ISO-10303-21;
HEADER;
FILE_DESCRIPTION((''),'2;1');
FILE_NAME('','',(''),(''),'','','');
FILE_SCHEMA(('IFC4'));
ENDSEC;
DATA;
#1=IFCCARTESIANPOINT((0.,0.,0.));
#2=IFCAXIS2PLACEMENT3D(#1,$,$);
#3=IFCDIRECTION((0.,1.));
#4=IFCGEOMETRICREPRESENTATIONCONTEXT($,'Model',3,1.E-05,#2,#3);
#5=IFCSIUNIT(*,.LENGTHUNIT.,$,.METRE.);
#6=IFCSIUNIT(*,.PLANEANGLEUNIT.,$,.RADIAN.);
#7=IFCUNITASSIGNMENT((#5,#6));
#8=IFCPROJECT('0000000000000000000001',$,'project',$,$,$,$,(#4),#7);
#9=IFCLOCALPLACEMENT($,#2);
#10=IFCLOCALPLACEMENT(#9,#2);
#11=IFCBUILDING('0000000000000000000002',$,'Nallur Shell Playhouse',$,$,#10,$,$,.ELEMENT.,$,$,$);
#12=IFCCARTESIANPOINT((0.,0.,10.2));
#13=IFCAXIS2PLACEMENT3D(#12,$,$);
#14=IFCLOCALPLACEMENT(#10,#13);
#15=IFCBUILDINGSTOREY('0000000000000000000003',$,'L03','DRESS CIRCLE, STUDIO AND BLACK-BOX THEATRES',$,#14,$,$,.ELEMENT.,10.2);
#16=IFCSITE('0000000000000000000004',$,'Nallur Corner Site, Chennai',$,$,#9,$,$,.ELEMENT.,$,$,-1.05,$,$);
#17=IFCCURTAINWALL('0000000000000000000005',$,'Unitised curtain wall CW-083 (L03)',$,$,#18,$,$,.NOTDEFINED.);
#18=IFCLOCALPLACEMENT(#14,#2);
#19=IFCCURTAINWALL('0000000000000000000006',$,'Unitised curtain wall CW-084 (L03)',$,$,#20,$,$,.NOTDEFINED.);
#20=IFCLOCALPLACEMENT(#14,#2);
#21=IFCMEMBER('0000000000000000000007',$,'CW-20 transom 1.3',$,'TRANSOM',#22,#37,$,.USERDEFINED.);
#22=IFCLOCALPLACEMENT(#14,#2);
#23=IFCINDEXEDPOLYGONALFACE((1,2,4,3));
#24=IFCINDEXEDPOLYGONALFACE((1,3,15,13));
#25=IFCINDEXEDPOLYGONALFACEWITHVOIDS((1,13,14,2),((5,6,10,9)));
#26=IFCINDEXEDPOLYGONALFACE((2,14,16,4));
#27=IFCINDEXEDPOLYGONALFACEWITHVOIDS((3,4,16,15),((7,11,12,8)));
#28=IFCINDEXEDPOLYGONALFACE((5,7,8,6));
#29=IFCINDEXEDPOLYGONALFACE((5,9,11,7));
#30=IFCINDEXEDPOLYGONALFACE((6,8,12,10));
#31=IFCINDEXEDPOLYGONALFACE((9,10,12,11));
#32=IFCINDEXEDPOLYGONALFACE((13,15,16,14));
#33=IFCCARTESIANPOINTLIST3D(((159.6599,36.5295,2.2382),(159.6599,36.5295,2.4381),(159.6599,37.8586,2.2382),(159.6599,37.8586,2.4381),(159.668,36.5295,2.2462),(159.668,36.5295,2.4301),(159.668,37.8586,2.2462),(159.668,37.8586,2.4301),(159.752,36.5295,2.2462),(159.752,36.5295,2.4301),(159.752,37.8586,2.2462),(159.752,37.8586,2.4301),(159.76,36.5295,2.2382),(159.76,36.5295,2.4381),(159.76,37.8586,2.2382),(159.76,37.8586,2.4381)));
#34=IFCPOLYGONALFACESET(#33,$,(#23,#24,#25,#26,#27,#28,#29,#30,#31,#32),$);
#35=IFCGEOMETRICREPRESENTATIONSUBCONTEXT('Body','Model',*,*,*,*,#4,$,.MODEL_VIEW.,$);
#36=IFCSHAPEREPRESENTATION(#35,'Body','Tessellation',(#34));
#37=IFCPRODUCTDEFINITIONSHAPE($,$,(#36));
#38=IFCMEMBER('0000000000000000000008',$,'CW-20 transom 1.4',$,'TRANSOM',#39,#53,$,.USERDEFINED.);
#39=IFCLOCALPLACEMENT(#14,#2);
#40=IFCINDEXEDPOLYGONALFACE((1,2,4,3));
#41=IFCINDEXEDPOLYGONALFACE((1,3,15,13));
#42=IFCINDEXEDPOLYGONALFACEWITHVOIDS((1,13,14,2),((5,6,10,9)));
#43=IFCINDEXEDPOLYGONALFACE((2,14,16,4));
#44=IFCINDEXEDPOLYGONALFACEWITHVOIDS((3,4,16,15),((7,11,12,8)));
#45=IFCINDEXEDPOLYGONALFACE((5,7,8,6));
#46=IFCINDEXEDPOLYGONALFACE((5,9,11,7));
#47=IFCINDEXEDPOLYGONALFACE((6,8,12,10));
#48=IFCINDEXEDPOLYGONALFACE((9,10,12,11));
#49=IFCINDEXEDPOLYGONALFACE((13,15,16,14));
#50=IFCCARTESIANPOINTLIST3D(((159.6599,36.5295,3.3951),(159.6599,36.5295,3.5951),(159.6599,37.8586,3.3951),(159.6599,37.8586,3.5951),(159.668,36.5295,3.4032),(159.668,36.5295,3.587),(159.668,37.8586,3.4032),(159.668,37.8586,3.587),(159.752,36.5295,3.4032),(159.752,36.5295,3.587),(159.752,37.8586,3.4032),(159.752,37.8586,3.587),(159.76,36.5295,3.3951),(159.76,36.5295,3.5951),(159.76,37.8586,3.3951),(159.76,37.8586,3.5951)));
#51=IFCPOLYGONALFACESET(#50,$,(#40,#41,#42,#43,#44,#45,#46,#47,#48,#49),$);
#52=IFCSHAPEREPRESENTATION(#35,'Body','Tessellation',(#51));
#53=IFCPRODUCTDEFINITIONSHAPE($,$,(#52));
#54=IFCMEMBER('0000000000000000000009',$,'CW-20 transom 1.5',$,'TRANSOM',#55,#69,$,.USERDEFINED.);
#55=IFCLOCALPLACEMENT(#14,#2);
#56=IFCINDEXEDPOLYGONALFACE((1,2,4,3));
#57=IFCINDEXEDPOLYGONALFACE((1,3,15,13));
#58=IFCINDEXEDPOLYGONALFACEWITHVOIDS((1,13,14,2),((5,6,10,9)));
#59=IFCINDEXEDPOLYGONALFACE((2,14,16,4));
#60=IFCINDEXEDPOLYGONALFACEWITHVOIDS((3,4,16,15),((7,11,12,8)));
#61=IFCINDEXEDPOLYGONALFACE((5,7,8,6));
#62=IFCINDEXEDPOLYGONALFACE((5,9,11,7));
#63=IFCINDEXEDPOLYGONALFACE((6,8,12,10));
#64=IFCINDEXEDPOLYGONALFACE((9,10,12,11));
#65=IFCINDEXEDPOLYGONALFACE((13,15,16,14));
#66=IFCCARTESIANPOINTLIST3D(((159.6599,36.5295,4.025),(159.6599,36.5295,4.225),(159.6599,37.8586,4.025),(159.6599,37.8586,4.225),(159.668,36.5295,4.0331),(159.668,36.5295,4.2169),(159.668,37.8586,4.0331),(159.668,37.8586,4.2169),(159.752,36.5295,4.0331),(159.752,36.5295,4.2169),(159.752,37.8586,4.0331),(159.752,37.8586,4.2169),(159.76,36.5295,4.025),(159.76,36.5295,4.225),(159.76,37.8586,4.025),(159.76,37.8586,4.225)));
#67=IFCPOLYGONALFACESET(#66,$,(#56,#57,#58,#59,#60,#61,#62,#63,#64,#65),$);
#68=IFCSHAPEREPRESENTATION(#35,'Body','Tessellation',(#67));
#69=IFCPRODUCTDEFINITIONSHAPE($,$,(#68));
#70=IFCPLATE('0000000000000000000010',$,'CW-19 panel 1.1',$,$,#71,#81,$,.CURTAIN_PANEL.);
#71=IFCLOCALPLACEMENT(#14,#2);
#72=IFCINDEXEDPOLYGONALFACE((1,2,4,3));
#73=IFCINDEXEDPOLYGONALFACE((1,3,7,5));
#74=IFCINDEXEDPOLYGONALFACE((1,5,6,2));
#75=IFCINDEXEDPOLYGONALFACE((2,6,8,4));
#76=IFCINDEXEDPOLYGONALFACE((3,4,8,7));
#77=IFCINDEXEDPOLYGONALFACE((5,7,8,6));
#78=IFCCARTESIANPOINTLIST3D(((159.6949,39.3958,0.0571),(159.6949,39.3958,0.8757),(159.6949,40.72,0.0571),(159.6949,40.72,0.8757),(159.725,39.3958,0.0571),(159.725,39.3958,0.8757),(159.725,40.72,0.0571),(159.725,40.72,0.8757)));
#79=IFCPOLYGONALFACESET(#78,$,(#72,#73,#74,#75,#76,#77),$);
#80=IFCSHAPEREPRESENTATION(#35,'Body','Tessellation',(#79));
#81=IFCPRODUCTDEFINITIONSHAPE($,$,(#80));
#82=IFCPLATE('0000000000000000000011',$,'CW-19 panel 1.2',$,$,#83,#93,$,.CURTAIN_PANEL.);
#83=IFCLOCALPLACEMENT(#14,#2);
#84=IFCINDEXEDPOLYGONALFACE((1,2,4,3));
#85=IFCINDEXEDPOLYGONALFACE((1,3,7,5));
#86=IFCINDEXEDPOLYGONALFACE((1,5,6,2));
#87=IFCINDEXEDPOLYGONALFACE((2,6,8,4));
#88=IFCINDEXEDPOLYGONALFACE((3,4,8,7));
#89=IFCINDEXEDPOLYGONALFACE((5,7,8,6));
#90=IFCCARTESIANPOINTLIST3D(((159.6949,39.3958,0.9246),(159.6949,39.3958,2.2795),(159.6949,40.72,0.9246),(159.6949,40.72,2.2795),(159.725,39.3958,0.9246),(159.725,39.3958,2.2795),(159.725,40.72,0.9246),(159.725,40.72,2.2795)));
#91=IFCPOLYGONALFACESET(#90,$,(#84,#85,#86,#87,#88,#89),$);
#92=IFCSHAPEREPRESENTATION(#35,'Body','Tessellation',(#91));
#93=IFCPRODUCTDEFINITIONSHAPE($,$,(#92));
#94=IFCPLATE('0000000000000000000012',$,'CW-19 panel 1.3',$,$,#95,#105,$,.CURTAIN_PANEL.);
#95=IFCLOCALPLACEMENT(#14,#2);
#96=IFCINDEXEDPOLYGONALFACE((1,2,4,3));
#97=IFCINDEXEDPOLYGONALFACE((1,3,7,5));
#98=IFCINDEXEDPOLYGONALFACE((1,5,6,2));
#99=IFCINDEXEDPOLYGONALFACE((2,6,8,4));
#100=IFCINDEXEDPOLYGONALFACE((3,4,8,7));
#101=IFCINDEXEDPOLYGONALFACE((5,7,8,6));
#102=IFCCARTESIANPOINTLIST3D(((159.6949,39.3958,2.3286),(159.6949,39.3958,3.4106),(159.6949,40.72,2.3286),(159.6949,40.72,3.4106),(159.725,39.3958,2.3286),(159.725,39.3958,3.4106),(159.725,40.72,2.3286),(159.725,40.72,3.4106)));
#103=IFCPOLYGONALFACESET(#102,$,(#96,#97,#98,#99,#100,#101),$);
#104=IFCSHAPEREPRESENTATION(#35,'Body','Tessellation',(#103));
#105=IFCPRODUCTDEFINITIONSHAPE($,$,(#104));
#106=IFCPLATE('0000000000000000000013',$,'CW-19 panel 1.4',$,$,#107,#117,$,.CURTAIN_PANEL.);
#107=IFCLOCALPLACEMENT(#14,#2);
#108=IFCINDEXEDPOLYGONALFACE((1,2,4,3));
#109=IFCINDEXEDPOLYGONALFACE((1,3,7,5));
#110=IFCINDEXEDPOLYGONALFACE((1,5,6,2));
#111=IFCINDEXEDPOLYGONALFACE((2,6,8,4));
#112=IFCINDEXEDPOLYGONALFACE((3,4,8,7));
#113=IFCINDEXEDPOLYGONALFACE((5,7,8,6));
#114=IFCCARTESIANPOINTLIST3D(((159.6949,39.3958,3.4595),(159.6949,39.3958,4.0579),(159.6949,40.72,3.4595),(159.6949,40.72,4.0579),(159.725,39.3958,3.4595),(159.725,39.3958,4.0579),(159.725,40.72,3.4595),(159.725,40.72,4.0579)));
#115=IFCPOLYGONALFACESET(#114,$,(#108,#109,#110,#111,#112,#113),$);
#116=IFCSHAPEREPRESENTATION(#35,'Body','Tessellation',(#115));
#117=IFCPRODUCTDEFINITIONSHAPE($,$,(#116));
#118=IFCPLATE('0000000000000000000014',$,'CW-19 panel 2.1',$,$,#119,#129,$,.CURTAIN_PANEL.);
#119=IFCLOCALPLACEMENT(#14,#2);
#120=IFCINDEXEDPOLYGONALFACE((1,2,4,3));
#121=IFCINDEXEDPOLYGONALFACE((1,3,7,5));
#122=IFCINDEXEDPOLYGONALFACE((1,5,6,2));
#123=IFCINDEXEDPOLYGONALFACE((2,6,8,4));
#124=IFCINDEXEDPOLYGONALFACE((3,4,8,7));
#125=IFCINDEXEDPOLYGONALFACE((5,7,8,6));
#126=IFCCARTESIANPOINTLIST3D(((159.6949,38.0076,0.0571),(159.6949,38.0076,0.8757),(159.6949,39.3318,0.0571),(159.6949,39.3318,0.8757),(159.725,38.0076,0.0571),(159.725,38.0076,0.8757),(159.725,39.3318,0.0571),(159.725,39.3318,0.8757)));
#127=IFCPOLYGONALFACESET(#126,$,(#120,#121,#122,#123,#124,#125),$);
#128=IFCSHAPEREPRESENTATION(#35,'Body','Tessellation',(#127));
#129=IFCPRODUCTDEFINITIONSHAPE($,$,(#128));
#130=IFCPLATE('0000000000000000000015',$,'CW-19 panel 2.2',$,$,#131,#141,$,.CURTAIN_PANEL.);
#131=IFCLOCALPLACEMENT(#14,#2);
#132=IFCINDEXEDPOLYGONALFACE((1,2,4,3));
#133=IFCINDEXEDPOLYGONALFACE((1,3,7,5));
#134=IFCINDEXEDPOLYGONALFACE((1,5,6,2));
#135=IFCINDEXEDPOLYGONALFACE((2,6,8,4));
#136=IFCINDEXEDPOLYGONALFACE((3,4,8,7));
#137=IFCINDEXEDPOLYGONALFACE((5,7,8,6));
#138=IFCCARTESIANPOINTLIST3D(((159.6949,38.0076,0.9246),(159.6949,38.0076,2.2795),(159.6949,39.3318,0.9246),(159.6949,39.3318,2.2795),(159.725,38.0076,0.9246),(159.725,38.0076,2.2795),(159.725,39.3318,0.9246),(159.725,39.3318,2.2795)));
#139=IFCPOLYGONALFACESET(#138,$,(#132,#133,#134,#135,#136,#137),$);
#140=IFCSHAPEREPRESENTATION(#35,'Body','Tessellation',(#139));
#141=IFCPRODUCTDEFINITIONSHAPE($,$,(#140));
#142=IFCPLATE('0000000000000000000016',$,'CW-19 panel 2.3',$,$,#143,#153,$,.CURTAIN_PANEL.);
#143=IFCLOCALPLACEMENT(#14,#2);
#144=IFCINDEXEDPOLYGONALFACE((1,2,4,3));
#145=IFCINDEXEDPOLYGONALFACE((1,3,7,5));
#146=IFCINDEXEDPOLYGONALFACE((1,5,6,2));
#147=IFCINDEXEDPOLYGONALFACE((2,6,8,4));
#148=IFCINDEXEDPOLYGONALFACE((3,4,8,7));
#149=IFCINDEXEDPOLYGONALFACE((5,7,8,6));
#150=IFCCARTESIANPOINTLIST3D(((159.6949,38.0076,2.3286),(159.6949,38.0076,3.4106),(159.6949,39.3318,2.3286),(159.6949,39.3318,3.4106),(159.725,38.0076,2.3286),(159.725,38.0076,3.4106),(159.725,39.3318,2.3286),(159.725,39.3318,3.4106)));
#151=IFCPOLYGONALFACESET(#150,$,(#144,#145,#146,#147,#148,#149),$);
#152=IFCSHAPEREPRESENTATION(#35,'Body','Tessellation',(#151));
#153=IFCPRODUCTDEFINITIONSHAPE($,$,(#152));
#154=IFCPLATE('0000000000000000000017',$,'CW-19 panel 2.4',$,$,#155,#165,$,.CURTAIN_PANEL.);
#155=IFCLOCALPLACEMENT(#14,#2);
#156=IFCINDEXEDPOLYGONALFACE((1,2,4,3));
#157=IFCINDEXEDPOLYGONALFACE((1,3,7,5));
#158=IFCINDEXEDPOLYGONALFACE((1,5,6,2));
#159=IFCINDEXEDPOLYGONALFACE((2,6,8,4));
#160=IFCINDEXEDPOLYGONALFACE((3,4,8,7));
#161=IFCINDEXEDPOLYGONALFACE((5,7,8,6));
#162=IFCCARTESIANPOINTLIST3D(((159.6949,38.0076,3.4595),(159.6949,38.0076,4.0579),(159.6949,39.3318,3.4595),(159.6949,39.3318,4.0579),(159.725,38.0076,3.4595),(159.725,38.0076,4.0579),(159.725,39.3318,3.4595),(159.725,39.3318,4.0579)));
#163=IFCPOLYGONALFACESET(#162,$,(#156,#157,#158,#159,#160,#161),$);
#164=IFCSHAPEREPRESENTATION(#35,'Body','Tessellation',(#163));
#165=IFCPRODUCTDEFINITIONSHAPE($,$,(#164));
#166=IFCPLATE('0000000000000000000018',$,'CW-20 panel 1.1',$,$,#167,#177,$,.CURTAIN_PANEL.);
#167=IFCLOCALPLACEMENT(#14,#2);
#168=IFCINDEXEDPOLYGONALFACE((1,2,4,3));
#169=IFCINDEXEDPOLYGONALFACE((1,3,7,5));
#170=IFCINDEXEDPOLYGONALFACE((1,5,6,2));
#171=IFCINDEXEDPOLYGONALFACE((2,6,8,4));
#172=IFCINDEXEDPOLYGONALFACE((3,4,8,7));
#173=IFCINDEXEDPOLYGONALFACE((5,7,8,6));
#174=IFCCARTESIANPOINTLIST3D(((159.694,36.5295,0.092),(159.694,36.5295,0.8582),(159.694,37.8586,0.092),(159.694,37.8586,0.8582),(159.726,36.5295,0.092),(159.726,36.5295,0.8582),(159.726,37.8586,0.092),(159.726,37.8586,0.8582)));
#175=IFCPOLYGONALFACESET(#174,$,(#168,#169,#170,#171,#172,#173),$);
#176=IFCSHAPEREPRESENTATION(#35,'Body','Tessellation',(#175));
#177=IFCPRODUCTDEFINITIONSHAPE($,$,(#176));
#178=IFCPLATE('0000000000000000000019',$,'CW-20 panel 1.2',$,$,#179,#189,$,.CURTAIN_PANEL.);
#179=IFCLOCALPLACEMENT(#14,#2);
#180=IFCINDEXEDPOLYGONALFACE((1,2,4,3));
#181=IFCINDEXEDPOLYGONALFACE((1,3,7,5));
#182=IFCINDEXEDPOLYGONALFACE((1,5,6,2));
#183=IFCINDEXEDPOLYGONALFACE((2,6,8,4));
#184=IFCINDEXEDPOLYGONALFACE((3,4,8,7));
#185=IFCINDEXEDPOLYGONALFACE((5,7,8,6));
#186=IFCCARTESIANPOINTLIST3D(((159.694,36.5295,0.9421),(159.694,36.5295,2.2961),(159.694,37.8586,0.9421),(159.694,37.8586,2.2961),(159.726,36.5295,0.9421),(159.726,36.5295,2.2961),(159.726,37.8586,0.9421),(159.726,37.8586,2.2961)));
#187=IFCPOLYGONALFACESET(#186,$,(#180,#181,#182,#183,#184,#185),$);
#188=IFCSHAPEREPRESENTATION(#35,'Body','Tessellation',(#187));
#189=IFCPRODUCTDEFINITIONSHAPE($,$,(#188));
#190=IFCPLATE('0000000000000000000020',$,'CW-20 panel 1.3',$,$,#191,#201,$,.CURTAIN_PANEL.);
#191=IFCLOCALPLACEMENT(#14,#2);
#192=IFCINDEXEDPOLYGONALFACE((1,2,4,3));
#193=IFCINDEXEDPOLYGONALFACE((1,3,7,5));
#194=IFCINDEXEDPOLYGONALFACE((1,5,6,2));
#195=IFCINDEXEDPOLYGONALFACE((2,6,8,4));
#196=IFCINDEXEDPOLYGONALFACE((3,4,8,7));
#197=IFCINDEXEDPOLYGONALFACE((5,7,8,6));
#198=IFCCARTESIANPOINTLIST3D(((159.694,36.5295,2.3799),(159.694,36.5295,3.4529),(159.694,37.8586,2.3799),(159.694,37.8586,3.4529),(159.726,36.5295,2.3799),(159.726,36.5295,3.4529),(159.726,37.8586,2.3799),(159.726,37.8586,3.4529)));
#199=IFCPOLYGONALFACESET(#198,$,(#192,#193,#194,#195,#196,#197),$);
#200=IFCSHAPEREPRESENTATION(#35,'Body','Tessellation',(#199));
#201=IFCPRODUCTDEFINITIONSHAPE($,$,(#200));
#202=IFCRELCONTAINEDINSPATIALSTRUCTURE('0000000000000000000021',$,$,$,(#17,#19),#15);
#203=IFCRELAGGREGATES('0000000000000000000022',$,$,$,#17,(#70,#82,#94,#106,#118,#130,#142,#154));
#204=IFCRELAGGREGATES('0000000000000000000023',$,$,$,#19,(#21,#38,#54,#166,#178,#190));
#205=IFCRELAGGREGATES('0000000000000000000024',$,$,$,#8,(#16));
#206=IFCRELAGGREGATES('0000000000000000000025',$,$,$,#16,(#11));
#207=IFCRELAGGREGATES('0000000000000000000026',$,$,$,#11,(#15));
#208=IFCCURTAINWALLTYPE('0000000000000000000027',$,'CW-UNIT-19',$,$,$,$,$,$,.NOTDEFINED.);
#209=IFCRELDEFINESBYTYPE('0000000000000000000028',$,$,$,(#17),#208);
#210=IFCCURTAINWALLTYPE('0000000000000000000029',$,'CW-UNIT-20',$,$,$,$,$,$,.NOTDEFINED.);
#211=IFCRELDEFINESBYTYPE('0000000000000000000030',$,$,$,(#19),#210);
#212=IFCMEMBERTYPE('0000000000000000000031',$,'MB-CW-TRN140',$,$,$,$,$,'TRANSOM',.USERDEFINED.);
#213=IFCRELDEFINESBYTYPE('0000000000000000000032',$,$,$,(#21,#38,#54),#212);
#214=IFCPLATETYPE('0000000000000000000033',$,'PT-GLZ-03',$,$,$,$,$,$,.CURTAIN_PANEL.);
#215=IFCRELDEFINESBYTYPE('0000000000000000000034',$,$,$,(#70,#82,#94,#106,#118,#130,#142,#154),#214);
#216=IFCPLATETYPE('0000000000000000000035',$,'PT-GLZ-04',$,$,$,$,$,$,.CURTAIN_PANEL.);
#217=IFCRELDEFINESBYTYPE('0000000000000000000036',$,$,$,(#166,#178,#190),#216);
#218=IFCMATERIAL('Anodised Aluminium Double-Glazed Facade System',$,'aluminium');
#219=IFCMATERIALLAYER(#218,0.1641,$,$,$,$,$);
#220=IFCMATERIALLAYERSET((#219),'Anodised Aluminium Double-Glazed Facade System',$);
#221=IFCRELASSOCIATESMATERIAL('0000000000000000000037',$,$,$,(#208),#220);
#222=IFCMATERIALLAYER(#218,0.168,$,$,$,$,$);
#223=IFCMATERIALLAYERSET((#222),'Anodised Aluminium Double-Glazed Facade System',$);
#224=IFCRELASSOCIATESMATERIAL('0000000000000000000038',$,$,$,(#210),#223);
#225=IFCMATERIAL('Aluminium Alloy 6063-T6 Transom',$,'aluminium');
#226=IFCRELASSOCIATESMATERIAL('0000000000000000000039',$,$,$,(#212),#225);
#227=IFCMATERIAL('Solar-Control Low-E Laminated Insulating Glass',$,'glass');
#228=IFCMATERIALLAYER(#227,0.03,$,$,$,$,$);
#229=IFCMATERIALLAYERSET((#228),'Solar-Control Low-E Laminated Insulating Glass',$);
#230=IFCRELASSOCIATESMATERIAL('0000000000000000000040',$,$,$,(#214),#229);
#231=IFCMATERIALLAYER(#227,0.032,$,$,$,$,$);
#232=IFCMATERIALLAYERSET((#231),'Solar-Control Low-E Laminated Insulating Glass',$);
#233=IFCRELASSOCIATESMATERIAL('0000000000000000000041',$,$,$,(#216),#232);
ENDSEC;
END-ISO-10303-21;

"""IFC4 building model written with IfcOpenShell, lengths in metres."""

from ifc_helpers import new_model, si_unit, direction, frame, origin, origin_2d, place, context, subcontext, project, spatial, rectangle, hollow_rectangle, extrude, material, layer, layer_set, material_profile, profile_set, type_object, element, aggregate, save


model = new_model("IFC4")

# Units and contexts
model_context = context("Model", 3, precision=1e-05, world=origin(), true_north=direction((0.0, 1.0)))
body_context = subcontext(model_context, "Body", "Model", "MODEL_VIEW")
ifc_project = project(units=[si_unit("LENGTHUNIT", "METRE"), si_unit("PLANEANGLEUNIT", "RADIAN")], contexts=[model_context])

# Site, building, storey
site_placement = place(None, origin())
site = spatial("IfcSite", under=ifc_project, at=site_placement, Name="Nallur Corner Site, Chennai", CompositionType="ELEMENT", RefElevation=-1.05)
building_placement = place(site_placement, origin())
building = spatial("IfcBuilding", under=site, at=building_placement, Name="Nallur Shell Playhouse", CompositionType="ELEMENT")
storey_placement = place(building_placement, frame((0.0, 0.0, 10.2)))
storey = spatial("IfcBuildingStorey", under=building, at=storey_placement, Name="L03", Description="DRESS CIRCLE, STUDIO AND BLACK-BOX THEATRES", CompositionType="ELEMENT", Elevation=10.2)

# Curtain wall
ifc_material_1 = material(Name="Anodised Aluminium Double-Glazed Facade System", Category="aluminium")
ifc_layer_1 = layer(ifc_material_1, 0.1641)
ifc_layer_set_1 = layer_set([ifc_layer_1], Name="Anodised Aluminium Double-Glazed Facade System")
curtain_wall_type_1 = type_object("IfcCurtainWallType", Name="CW-UNIT-19", PredefinedType="NOTDEFINED", material=ifc_layer_set_1)
curtain_wall_1_placement = place(storey_placement, origin())
curtain_wall_1 = element("IfcCurtainWall", 1, at=curtain_wall_1_placement, inside=storey, type_object=curtain_wall_type_1, Name="Unitised curtain wall CW-083 (L03)", PredefinedType="NOTDEFINED")

# Curtain wall
ifc_layer_2 = layer(ifc_material_1, 0.168)
ifc_layer_set_2 = layer_set([ifc_layer_2], Name="Anodised Aluminium Double-Glazed Facade System")
curtain_wall_type_2 = type_object("IfcCurtainWallType", Name="CW-UNIT-20", PredefinedType="NOTDEFINED", material=ifc_layer_set_2)
curtain_wall_2_placement = place(storey_placement, origin())
curtain_wall_2 = element("IfcCurtainWall", 2, at=curtain_wall_2_placement, inside=storey, type_object=curtain_wall_type_2, Name="Unitised curtain wall CW-084 (L03)", PredefinedType="NOTDEFINED")

# Members
ifc_material_2 = material(Name="Aluminium Alloy 6063-T6 Transom", Category="aluminium")
ifc_material_profile_1 = material_profile(ifc_material_2, hollow_rectangle(XDim=0.1001, YDim=0.2, WallThickness=0.0081, at=origin_2d()), Name="RHS 200x100x8")
ifc_profile_set_1 = profile_set([ifc_material_profile_1], Name="Aluminium Alloy 6063-T6 Transom")
member_type_1 = type_object("IfcMemberType", Name="MB-CW-TRN140", ElementType="TRANSOM", PredefinedType="USERDEFINED", material=ifc_profile_set_1)
member_1_placement = place(storey_placement, frame((159.71, 37.8586, 2.3381), z_axis=(0.0, -1.0, 0.0), x_axis=(1.0, 0.0, 0.0)))
member_1 = element("IfcMember", 3, at=member_1_placement, type_object=member_type_1, Name="CW-20 transom 1.3", ObjectType="TRANSOM", PredefinedType="USERDEFINED", context=body_context, shape_type="SweptSolid", body=[
    extrude(hollow_rectangle(XDim=0.1001, YDim=0.2, WallThickness=0.0081, at=origin_2d()), origin(), (0.0, 0.0, 1.0), 1.3291),
])
member_2_placement = place(storey_placement, frame((159.71, 37.8586, 3.4951), z_axis=(0.0, -1.0, 0.0), x_axis=(1.0, 0.0, 0.0)))
member_2 = element("IfcMember", 4, at=member_2_placement, type_object=member_type_1, Name="CW-20 transom 1.4", ObjectType="TRANSOM", PredefinedType="USERDEFINED", context=body_context, shape_type="SweptSolid", body=[
    extrude(hollow_rectangle(XDim=0.1001, YDim=0.2, WallThickness=0.0081, at=origin_2d()), origin(), (0.0, 0.0, 1.0), 1.3291),
])
member_3_placement = place(storey_placement, frame((159.71, 37.8586, 4.125), z_axis=(0.0, -1.0, 0.0), x_axis=(1.0, 0.0, 0.0)))
member_3 = element("IfcMember", 5, at=member_3_placement, type_object=member_type_1, Name="CW-20 transom 1.5", ObjectType="TRANSOM", PredefinedType="USERDEFINED", context=body_context, shape_type="SweptSolid", body=[
    extrude(hollow_rectangle(XDim=0.1001, YDim=0.2, WallThickness=0.0081, at=origin_2d()), origin(), (0.0, 0.0, 1.0), 1.3291),
])

# Plates
ifc_material_3 = material(Name="Solar-Control Low-E Laminated Insulating Glass", Category="glass")
ifc_layer_3 = layer(ifc_material_3, 0.03)
ifc_layer_set_3 = layer_set([ifc_layer_3], Name="Solar-Control Low-E Laminated Insulating Glass")
plate_type_1 = type_object("IfcPlateType", Name="PT-GLZ-03", PredefinedType="CURTAIN_PANEL", material=ifc_layer_set_3)
plate_1_placement = place(storey_placement, frame((159.71, 40.0579, 0.0571), z_axis=(0.0, 0.0, 1.0), x_axis=(0.0, -1.0, 0.0)))
plate_1 = element("IfcPlate", 6, at=plate_1_placement, type_object=plate_type_1, Name="CW-19 panel 1.1", PredefinedType="CURTAIN_PANEL", context=body_context, shape_type="SweptSolid", body=[
    extrude(rectangle(XDim=1.3242, YDim=0.03, at=origin_2d()), origin(), (0.0, 0.0, 1.0), 0.8186),
])
plate_2_placement = place(storey_placement, frame((159.71, 40.0579, 0.9246), z_axis=(0.0, 0.0, 1.0), x_axis=(0.0, -1.0, 0.0)))
plate_2 = element("IfcPlate", 7, at=plate_2_placement, type_object=plate_type_1, Name="CW-19 panel 1.2", PredefinedType="CURTAIN_PANEL", context=body_context, shape_type="SweptSolid", body=[
    extrude(rectangle(XDim=1.3242, YDim=0.03, at=origin_2d()), origin(), (0.0, 0.0, 1.0), 1.355),
])
plate_3_placement = place(storey_placement, frame((159.71, 40.0579, 2.3286), z_axis=(0.0, 0.0, 1.0), x_axis=(0.0, -1.0, 0.0)))
plate_3 = element("IfcPlate", 8, at=plate_3_placement, type_object=plate_type_1, Name="CW-19 panel 1.3", PredefinedType="CURTAIN_PANEL", context=body_context, shape_type="SweptSolid", body=[
    extrude(rectangle(XDim=1.3242, YDim=0.03, at=origin_2d()), origin(), (0.0, 0.0, 1.0), 1.082),
])
plate_4_placement = place(storey_placement, frame((159.71, 40.0579, 3.4595), z_axis=(0.0, 0.0, 1.0), x_axis=(0.0, -1.0, 0.0)))
plate_4 = element("IfcPlate", 9, at=plate_4_placement, type_object=plate_type_1, Name="CW-19 panel 1.4", PredefinedType="CURTAIN_PANEL", context=body_context, shape_type="SweptSolid", body=[
    extrude(rectangle(XDim=1.3242, YDim=0.03, at=origin_2d()), origin(), (0.0, 0.0, 1.0), 0.5984),
])
plate_5_placement = place(storey_placement, frame((159.71, 38.6697, 0.0571), z_axis=(0.0, 0.0, 1.0), x_axis=(0.0, -1.0, 0.0)))
plate_5 = element("IfcPlate", 10, at=plate_5_placement, type_object=plate_type_1, Name="CW-19 panel 2.1", PredefinedType="CURTAIN_PANEL", context=body_context, shape_type="SweptSolid", body=[
    extrude(rectangle(XDim=1.3242, YDim=0.03, at=origin_2d()), origin(), (0.0, 0.0, 1.0), 0.8186),
])
plate_6_placement = place(storey_placement, frame((159.71, 38.6697, 0.9246), z_axis=(0.0, 0.0, 1.0), x_axis=(0.0, -1.0, 0.0)))
plate_6 = element("IfcPlate", 11, at=plate_6_placement, type_object=plate_type_1, Name="CW-19 panel 2.2", PredefinedType="CURTAIN_PANEL", context=body_context, shape_type="SweptSolid", body=[
    extrude(rectangle(XDim=1.3242, YDim=0.03, at=origin_2d()), origin(), (0.0, 0.0, 1.0), 1.355),
])
plate_7_placement = place(storey_placement, frame((159.71, 38.6697, 2.3286), z_axis=(0.0, 0.0, 1.0), x_axis=(0.0, -1.0, 0.0)))
plate_7 = element("IfcPlate", 12, at=plate_7_placement, type_object=plate_type_1, Name="CW-19 panel 2.3", PredefinedType="CURTAIN_PANEL", context=body_context, shape_type="SweptSolid", body=[
    extrude(rectangle(XDim=1.3242, YDim=0.03, at=origin_2d()), origin(), (0.0, 0.0, 1.0), 1.082),
])
plate_8_placement = place(storey_placement, frame((159.71, 38.6697, 3.4595), z_axis=(0.0, 0.0, 1.0), x_axis=(0.0, -1.0, 0.0)))
plate_8 = element("IfcPlate", 13, at=plate_8_placement, type_object=plate_type_1, Name="CW-19 panel 2.4", PredefinedType="CURTAIN_PANEL", context=body_context, shape_type="SweptSolid", body=[
    extrude(rectangle(XDim=1.3242, YDim=0.03, at=origin_2d()), origin(), (0.0, 0.0, 1.0), 0.5984),
])
aggregate(curtain_wall_1, [plate_1, plate_2, plate_3, plate_4, plate_5, plate_6, plate_7, plate_8])
ifc_layer_4 = layer(ifc_material_3, 0.032)
ifc_layer_set_4 = layer_set([ifc_layer_4], Name="Solar-Control Low-E Laminated Insulating Glass")
plate_type_2 = type_object("IfcPlateType", Name="PT-GLZ-04", PredefinedType="CURTAIN_PANEL", material=ifc_layer_set_4)
plate_9_placement = place(storey_placement, frame((159.71, 37.1941, 0.092), z_axis=(0.0, 0.0, 1.0), x_axis=(0.0, -1.0, 0.0)))
plate_9 = element("IfcPlate", 14, at=plate_9_placement, type_object=plate_type_2, Name="CW-20 panel 1.1", PredefinedType="CURTAIN_PANEL", context=body_context, shape_type="SweptSolid", body=[
    extrude(rectangle(XDim=1.3291, YDim=0.032, at=origin_2d()), origin(), (0.0, 0.0, 1.0), 0.7661),
])
plate_10_placement = place(storey_placement, frame((159.71, 37.1941, 0.9421), z_axis=(0.0, 0.0, 1.0), x_axis=(0.0, -1.0, 0.0)))
plate_10 = element("IfcPlate", 15, at=plate_10_placement, type_object=plate_type_2, Name="CW-20 panel 1.2", PredefinedType="CURTAIN_PANEL", context=body_context, shape_type="SweptSolid", body=[
    extrude(rectangle(XDim=1.3291, YDim=0.032, at=origin_2d()), origin(), (0.0, 0.0, 1.0), 1.354),
])
plate_11_placement = place(storey_placement, frame((159.71, 37.1941, 2.3799), z_axis=(0.0, 0.0, 1.0), x_axis=(0.0, -1.0, 0.0)))
plate_11 = element("IfcPlate", 16, at=plate_11_placement, type_object=plate_type_2, Name="CW-20 panel 1.3", PredefinedType="CURTAIN_PANEL", context=body_context, shape_type="SweptSolid", body=[
    extrude(rectangle(XDim=1.3291, YDim=0.032, at=origin_2d()), origin(), (0.0, 0.0, 1.0), 1.073),
])
aggregate(curtain_wall_2, [member_1, member_2, member_3, plate_9, plate_10, plate_11])

save(model, "model.ifc")
